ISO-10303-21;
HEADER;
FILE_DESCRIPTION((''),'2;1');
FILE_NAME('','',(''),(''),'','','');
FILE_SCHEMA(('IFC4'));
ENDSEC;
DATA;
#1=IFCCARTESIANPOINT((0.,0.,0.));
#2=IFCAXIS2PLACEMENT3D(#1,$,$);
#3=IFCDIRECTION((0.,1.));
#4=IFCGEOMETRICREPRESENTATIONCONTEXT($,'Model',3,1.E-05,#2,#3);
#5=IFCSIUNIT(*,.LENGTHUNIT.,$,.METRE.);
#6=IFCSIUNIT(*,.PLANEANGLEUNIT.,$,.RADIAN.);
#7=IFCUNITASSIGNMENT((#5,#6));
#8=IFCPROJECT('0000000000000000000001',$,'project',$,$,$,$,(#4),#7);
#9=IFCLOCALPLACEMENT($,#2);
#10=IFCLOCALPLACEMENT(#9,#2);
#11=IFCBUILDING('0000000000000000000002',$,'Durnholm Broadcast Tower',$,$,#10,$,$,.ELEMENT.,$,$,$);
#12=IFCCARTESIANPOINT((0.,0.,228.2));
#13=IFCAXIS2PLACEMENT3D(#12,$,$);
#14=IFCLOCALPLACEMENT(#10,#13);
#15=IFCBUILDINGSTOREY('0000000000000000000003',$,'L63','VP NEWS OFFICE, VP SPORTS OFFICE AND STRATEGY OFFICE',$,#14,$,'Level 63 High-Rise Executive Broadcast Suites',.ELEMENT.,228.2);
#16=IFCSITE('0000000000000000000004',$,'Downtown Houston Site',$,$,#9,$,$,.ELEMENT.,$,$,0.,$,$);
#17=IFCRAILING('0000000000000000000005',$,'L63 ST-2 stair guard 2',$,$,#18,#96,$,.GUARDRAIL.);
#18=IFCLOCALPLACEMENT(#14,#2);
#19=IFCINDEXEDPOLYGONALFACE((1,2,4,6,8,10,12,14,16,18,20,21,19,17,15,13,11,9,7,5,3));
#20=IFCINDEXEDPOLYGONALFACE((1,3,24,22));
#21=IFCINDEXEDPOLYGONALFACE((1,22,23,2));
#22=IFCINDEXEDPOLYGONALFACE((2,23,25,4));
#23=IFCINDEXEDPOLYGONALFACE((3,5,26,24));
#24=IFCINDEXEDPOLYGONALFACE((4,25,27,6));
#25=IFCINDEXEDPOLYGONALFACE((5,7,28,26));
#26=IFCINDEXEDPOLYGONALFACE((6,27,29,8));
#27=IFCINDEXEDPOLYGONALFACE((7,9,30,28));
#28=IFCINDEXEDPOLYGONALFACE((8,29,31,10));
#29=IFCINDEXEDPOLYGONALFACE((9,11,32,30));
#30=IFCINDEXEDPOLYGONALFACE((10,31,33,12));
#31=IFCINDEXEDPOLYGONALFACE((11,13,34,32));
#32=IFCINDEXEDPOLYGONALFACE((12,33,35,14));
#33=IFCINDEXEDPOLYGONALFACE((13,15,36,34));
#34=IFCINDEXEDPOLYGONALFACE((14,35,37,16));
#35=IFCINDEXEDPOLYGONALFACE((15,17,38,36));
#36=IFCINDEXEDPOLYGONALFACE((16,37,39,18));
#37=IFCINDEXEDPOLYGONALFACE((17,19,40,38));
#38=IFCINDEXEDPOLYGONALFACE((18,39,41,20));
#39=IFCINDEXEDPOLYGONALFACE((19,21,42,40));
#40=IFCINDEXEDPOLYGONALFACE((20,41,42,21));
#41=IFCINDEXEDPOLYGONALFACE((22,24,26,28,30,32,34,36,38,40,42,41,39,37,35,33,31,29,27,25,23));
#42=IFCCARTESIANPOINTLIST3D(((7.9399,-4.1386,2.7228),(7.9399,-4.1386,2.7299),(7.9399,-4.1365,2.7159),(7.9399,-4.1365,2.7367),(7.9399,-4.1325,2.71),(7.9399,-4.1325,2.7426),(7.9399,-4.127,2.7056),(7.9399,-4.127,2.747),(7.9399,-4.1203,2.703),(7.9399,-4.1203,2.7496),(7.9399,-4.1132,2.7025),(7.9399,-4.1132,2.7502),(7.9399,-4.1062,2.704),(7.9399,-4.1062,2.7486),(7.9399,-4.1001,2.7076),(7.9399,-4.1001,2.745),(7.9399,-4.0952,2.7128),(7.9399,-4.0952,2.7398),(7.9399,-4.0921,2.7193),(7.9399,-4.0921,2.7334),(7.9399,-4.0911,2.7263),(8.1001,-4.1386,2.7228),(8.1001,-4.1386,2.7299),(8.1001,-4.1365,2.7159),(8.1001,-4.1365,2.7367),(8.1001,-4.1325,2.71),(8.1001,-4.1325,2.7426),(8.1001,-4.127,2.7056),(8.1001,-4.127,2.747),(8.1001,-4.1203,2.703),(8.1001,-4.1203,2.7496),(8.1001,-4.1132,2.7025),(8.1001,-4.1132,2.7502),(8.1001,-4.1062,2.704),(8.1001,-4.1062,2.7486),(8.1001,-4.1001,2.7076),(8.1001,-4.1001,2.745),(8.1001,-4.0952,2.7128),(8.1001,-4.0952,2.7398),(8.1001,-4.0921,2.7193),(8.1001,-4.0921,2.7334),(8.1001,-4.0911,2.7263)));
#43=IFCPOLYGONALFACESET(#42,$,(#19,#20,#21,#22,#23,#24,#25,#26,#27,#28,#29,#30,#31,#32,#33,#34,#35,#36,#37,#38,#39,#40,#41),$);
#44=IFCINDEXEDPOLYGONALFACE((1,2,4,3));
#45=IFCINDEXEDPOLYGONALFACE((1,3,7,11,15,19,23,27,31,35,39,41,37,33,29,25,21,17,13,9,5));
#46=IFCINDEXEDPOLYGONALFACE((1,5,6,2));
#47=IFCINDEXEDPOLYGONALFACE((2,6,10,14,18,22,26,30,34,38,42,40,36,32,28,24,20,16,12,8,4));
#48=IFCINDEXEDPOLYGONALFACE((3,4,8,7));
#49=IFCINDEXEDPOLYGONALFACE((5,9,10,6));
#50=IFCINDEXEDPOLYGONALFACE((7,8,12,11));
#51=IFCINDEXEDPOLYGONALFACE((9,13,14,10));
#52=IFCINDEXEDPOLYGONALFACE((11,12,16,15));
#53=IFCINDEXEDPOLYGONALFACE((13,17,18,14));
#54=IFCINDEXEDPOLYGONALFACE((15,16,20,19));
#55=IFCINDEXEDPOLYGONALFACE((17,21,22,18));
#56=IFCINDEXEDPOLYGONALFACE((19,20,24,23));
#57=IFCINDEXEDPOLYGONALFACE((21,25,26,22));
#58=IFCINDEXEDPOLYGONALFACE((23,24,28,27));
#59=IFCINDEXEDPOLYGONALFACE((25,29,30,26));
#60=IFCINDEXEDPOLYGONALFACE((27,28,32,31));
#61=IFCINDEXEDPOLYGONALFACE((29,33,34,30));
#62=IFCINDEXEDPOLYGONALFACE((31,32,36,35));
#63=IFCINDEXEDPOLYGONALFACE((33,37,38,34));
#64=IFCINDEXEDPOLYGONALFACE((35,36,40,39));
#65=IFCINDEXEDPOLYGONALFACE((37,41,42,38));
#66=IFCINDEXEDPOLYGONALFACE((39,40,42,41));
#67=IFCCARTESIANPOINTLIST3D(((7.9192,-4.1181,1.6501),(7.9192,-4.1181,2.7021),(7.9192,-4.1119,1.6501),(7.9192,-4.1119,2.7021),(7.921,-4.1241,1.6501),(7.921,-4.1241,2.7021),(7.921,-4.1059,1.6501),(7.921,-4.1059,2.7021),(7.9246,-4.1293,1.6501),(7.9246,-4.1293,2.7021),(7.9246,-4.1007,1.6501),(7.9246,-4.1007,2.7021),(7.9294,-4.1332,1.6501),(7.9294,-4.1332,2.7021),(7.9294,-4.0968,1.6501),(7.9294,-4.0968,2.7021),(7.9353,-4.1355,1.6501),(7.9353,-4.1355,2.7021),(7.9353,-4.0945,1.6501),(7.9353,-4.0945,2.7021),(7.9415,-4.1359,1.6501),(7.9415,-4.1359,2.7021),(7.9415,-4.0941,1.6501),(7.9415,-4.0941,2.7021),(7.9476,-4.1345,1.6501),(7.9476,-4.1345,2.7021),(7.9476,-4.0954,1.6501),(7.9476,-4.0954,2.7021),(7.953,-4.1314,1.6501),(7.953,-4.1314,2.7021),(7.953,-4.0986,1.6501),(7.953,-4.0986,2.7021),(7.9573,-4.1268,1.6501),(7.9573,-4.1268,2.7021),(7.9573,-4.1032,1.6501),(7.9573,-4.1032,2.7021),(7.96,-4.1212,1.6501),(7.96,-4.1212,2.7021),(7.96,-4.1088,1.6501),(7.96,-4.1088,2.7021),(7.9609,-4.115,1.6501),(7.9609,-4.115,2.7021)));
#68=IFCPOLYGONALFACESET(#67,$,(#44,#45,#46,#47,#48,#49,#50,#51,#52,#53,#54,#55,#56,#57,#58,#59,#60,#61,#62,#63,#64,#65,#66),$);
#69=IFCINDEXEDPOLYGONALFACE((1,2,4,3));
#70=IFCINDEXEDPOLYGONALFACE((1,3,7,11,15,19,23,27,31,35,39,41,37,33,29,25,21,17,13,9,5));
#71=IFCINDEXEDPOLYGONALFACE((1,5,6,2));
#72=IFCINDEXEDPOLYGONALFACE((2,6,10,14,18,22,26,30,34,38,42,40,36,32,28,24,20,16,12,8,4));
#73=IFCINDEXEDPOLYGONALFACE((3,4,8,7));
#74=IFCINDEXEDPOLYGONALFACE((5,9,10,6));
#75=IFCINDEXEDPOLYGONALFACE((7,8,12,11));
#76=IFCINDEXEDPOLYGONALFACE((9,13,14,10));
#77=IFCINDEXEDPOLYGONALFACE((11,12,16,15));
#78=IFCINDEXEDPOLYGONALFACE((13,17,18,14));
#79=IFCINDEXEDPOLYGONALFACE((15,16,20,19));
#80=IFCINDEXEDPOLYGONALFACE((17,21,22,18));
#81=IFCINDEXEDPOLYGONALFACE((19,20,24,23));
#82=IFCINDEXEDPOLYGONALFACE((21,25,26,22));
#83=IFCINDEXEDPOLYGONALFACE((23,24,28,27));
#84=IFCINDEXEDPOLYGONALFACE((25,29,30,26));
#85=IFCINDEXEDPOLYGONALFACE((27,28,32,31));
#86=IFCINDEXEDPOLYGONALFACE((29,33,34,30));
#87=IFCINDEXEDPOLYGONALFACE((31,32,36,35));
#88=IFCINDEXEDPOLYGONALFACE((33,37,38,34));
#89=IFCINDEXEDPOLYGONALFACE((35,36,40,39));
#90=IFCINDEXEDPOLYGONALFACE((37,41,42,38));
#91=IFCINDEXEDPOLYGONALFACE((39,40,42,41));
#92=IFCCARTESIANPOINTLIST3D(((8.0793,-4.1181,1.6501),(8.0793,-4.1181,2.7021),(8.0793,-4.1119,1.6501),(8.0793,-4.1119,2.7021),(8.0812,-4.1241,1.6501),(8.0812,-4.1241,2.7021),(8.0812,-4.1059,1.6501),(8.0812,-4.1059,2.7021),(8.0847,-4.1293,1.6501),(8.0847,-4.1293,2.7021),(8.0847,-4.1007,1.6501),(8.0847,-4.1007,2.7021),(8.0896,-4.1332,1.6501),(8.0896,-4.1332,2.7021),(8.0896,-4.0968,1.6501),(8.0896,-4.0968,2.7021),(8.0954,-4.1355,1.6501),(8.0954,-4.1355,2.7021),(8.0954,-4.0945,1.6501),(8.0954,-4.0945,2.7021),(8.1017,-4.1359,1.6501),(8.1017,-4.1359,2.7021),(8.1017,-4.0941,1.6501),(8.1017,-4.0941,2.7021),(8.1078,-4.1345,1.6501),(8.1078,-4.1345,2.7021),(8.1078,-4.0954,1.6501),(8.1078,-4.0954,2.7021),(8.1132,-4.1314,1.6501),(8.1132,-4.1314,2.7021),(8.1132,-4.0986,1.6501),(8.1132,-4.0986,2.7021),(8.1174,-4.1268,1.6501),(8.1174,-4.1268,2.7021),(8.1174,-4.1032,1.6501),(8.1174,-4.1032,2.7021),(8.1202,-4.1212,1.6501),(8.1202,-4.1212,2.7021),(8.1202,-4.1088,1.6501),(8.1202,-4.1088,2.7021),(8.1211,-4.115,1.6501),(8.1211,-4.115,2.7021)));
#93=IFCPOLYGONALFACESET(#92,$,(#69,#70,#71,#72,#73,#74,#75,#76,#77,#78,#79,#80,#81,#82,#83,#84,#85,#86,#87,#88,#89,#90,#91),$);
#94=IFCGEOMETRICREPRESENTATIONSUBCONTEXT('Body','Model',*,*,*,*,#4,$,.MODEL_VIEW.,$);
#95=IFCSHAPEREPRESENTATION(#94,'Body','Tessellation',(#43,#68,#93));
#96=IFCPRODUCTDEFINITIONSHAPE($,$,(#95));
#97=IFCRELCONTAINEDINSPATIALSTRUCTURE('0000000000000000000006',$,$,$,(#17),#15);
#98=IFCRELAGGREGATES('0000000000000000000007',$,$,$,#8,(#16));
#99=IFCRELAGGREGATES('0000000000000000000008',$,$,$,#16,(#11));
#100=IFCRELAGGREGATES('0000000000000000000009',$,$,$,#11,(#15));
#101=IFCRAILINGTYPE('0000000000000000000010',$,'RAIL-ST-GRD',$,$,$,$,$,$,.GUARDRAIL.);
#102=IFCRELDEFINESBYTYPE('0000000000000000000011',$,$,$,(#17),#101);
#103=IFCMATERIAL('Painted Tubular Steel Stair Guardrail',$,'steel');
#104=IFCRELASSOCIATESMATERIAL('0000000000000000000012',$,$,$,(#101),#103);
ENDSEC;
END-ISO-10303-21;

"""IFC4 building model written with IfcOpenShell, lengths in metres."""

from ifc_helpers import new_model, si_unit, direction, frame, origin, origin_2d, place, context, subcontext, project, spatial, circle, extrude, material, type_object, element, save


model = new_model("IFC4")

# Units and contexts
model_context = context("Model", 3, precision=1e-05, world=origin(), true_north=direction((0.0, 1.0)))
body_context = subcontext(model_context, "Body", "Model", "MODEL_VIEW")
ifc_project = project(units=[si_unit("LENGTHUNIT", "METRE"), si_unit("PLANEANGLEUNIT", "RADIAN")], contexts=[model_context])

# Site, building, storey
site_placement = place(None, origin())
site = spatial("IfcSite", under=ifc_project, at=site_placement, Name="Downtown Houston Site", CompositionType="ELEMENT", RefElevation=0.0)
building_placement = place(site_placement, origin())
building = spatial("IfcBuilding", under=site, at=building_placement, Name="Durnholm Broadcast Tower", CompositionType="ELEMENT")
storey_placement = place(building_placement, frame((0.0, 0.0, 228.2)))
storey = spatial("IfcBuildingStorey", under=building, at=storey_placement, Name="L63", Description="VP NEWS OFFICE, VP SPORTS OFFICE AND STRATEGY OFFICE", LongName="Level 63 High-Rise Executive Broadcast Suites", CompositionType="ELEMENT", Elevation=228.2)

# Railing
ifc_material_1 = material(Name="Painted Tubular Steel Stair Guardrail", Category="steel")
railing_type_1 = type_object("IfcRailingType", Name="RAIL-ST-GRD", PredefinedType="GUARDRAIL", material=ifc_material_1)
railing_1_placement = place(storey_placement, frame((7.9399, -4.115, 1.6501)))
element("IfcRailing", 1, at=railing_1_placement, inside=storey, type_object=railing_type_1, Name="L63 ST-2 stair guard 2", PredefinedType="GUARDRAIL", context=body_context, shape_type="SweptSolid", body=[
    extrude(circle(Radius=0.0239, at=origin_2d()), frame((0.0, 0.0, 1.0762), z_axis=(1.0, 0.0, 0.0), x_axis=(0.0, 1.0, 0.0)), (0.0, 0.0, 1.0), 0.1602),
    extrude(circle(Radius=0.021, at=origin_2d()), origin(), (0.0, 0.0, 1.0), 1.052),
    extrude(circle(Radius=0.021, at=origin_2d()), frame((0.1602, 0.0, 0.0)), (0.0, 0.0, 1.0), 1.052),
])

save(model, "model.ifc")
